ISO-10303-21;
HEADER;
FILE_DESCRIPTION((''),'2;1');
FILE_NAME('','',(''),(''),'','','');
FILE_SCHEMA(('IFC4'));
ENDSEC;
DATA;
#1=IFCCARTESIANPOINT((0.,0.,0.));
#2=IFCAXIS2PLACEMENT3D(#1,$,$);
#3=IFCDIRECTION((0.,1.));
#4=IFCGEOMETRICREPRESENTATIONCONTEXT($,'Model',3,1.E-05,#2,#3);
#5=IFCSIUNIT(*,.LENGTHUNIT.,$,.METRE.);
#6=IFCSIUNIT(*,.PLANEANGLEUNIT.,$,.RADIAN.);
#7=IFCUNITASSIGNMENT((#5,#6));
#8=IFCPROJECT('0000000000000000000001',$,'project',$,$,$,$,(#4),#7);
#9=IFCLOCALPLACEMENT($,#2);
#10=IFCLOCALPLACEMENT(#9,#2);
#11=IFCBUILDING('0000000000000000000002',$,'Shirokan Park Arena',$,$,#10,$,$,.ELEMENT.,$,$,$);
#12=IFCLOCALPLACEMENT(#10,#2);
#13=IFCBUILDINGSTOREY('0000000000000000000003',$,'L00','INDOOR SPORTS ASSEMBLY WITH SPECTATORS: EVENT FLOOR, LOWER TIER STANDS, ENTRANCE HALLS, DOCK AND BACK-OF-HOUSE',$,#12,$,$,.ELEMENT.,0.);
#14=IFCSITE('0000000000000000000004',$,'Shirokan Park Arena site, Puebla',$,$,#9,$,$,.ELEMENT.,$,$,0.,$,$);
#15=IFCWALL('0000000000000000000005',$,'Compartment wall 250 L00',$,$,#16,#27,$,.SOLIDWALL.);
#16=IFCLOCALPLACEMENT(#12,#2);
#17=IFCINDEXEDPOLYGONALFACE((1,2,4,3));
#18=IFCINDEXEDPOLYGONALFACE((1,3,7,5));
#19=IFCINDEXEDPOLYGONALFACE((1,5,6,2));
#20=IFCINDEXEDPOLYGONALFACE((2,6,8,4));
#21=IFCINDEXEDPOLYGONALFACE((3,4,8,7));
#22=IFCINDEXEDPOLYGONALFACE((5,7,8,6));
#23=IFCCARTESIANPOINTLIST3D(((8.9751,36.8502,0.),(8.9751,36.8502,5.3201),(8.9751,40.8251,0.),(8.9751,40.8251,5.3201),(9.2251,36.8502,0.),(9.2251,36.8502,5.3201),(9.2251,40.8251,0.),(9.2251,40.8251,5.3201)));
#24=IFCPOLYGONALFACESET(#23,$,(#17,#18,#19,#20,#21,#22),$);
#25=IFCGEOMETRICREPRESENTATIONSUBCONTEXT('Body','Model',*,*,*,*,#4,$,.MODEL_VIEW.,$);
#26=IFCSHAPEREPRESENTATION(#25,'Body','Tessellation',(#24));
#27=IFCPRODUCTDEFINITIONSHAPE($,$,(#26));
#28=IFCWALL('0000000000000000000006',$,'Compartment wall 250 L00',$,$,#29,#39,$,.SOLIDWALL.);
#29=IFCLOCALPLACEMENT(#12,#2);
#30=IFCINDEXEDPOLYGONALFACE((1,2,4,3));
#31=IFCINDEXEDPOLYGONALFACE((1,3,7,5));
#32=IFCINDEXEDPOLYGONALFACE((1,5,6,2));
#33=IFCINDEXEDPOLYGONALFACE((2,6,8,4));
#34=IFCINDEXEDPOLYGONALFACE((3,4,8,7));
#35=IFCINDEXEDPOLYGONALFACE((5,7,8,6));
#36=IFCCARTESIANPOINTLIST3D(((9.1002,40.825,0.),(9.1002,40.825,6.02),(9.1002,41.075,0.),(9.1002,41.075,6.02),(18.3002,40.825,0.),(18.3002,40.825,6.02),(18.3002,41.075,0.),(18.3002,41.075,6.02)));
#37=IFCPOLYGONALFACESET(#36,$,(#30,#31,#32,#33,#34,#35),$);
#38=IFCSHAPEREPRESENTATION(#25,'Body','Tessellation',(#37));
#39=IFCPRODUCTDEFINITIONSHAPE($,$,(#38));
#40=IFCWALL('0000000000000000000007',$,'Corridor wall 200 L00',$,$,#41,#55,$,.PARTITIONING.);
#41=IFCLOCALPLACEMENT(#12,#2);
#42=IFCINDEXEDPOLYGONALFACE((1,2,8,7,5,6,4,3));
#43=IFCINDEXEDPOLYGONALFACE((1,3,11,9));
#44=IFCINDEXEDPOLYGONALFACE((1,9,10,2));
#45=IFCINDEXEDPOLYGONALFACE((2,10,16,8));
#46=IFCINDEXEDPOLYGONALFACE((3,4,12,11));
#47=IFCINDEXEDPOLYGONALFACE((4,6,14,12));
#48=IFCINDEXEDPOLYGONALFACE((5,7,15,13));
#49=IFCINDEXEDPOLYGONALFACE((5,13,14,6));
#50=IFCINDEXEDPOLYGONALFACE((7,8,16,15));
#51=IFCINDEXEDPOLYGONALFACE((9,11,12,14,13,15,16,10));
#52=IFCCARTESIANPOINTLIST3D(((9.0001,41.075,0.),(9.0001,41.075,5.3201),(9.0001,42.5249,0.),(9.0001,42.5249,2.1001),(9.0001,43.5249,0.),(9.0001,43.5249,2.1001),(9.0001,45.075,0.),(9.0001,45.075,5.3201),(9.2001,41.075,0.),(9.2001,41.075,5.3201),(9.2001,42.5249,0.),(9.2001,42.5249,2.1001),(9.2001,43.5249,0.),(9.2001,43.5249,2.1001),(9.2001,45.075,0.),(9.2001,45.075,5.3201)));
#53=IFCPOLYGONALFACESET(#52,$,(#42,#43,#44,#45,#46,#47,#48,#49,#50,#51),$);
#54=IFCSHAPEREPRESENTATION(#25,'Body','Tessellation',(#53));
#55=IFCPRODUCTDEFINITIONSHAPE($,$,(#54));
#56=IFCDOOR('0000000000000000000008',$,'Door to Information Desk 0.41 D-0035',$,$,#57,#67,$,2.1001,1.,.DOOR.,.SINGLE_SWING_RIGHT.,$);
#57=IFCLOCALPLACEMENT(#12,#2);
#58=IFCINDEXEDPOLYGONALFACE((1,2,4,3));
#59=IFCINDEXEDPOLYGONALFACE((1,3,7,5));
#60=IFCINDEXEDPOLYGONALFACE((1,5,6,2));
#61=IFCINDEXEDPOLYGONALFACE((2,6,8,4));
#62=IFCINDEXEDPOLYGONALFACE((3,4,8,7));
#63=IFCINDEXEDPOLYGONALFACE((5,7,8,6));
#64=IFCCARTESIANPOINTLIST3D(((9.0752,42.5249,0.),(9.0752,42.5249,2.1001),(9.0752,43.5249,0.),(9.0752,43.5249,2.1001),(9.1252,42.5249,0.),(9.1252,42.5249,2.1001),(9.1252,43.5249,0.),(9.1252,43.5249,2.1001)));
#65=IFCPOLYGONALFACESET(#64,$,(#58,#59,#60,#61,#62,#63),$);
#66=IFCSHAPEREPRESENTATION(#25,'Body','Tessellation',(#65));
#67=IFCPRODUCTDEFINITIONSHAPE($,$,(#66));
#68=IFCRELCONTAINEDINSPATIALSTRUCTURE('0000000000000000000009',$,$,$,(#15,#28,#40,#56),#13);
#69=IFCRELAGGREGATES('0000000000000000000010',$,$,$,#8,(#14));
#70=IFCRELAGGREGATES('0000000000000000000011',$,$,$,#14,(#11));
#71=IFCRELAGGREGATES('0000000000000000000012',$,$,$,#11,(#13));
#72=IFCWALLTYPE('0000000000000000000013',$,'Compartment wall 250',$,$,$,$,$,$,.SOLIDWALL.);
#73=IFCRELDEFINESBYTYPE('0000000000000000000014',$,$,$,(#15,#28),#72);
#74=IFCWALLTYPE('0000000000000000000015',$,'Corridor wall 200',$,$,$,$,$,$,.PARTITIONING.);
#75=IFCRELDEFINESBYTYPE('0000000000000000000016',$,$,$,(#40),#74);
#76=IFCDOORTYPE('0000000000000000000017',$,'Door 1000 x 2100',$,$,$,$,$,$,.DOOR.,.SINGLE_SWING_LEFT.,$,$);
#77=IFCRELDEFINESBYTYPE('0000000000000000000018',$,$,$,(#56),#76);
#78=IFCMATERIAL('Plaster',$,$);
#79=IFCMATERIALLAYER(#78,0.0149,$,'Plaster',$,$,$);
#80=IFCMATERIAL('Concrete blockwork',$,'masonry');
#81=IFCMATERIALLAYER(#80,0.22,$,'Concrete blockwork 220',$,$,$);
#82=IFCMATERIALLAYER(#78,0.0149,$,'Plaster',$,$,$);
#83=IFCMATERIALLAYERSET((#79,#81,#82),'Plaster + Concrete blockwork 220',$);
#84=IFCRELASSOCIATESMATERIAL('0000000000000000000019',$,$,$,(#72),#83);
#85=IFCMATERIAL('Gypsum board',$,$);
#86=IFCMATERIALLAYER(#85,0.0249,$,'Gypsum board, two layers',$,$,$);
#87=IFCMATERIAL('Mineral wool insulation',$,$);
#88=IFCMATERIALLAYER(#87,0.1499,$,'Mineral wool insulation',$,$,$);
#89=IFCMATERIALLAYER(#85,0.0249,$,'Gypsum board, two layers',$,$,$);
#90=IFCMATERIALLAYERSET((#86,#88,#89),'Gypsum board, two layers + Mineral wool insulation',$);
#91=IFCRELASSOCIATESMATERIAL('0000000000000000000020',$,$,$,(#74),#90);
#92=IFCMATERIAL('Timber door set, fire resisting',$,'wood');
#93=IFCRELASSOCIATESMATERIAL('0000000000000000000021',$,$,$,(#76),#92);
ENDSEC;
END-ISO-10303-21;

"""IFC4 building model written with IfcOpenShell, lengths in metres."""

from ifc_helpers import new_model, si_unit, direction, frame, frame_2d, origin, place, context, subcontext, project, spatial, rectangle, extrude, material, layer, layer_set, type_object, element, fill, save


model = new_model("IFC4")

# Units and contexts
model_context = context("Model", 3, precision=1e-05, world=origin(), true_north=direction((0.0, 1.0)))
body_context = subcontext(model_context, "Body", "Model", "MODEL_VIEW")
ifc_project = project(units=[si_unit("LENGTHUNIT", "METRE"), si_unit("PLANEANGLEUNIT", "RADIAN")], contexts=[model_context])

# Site, building, storey
site_placement = place(None, origin())
site = spatial("IfcSite", under=ifc_project, at=site_placement, Name="Shirokan Park Arena site, Puebla", CompositionType="ELEMENT", RefElevation=0.0)
building_placement = place(site_placement, origin())
building = spatial("IfcBuilding", under=site, at=building_placement, Name="Shirokan Park Arena", CompositionType="ELEMENT")
storey_placement = place(building_placement, origin())
storey = spatial("IfcBuildingStorey", under=building, at=storey_placement, Name="L00", Description="INDOOR SPORTS ASSEMBLY WITH SPECTATORS: EVENT FLOOR, LOWER TIER STANDS, ENTRANCE HALLS, DOCK AND BACK-OF-HOUSE", CompositionType="ELEMENT", Elevation=0.0)

# Walls
ifc_material_1 = material(Name="Plaster")
ifc_layer_1 = layer(ifc_material_1, 0.0149, Name="Plaster")
ifc_material_2 = material(Name="Concrete blockwork", Category="masonry")
ifc_layer_2 = layer(ifc_material_2, 0.22, Name="Concrete blockwork 220")
ifc_layer_3 = layer(ifc_material_1, 0.0149, Name="Plaster")
ifc_layer_set_1 = layer_set([ifc_layer_1, ifc_layer_2, ifc_layer_3], Name="Plaster + Concrete blockwork 220")
wall_type_1 = type_object("IfcWallType", Name="Compartment wall 250", PredefinedType="SOLIDWALL", material=ifc_layer_set_1)
wall_1_placement = place(storey_placement, frame((9.1001, 40.825, 0.0), z_axis=(0.0, 0.0, 1.0), x_axis=(0.0, -1.0, 0.0)))
element("IfcWall", 1, at=wall_1_placement, inside=storey, type_object=wall_type_1, Name="Compartment wall 250 L00", PredefinedType="SOLIDWALL", context=body_context, shape_type="SweptSolid", body=[
    extrude(rectangle(XDim=3.9749, YDim=0.25, at=frame_2d((1.9873, 0.0))), origin(), (0.0, 0.0, 1.0), 5.3201),
])
wall_2_placement = place(storey_placement, frame((9.1001, 40.95, 0.0), z_axis=(0.0, 0.0, 1.0), x_axis=(1.0, 0.0, 0.0)))
element("IfcWall", 2, at=wall_2_placement, inside=storey, type_object=wall_type_1, Name="Compartment wall 250 L00", PredefinedType="SOLIDWALL", context=body_context, shape_type="SweptSolid", body=[
    extrude(rectangle(XDim=9.2, YDim=0.25, at=frame_2d((4.6001, 0.0))), origin(), (0.0, 0.0, 1.0), 6.02),
])

# Wall, opening, door
ifc_material_3 = material(Name="Gypsum board")
ifc_layer_4 = layer(ifc_material_3, 0.0249, Name="Gypsum board, two layers")
ifc_material_4 = material(Name="Mineral wool insulation")
ifc_layer_5 = layer(ifc_material_4, 0.1499, Name="Mineral wool insulation")
ifc_layer_6 = layer(ifc_material_3, 0.0249, Name="Gypsum board, two layers")
ifc_layer_set_2 = layer_set([ifc_layer_4, ifc_layer_5, ifc_layer_6], Name="Gypsum board, two layers + Mineral wool insulation")
wall_type_2 = type_object("IfcWallType", Name="Corridor wall 200", PredefinedType="PARTITIONING", material=ifc_layer_set_2)
wall_3_placement = place(storey_placement, frame((9.1001, 41.075, 0.0), z_axis=(0.0, 0.0, 1.0), x_axis=(0.0, 1.0, 0.0)))
wall_3 = element("IfcWall", 3, at=wall_3_placement, inside=storey, type_object=wall_type_2, Name="Corridor wall 200 L00", PredefinedType="PARTITIONING", context=body_context, shape_type="SweptSolid", body=[
    extrude(rectangle(XDim=4.0, YDim=0.2, at=frame_2d((2.0, 0.0))), origin(), (0.0, 0.0, 1.0), 5.3201),
])
opening_1_placement = place(wall_3_placement, frame((1.45, 0.0, 0.0)))
opening_1 = element("IfcOpeningElement", 4, at=opening_1_placement, cuts=wall_3, PredefinedType="OPENING", context=body_context, shape_type="SweptSolid", body=[
    extrude(rectangle(XDim=1.0, YDim=2.1001, at=frame_2d((0.5, 1.05))), frame((0.0, 0.1099, 0.0), z_axis=(0.0, -1.0, 0.0), x_axis=(1.0, 0.0, 0.0)), (0.0, 0.0, 1.0), 0.22),
])
ifc_material_5 = material(Name="Timber door set, fire resisting", Category="wood")
door_type_1 = type_object("IfcDoorType", Name="Door 1000 x 2100", OperationType="SINGLE_SWING_LEFT", PredefinedType="DOOR", material=ifc_material_5)
door_1_placement = place(opening_1_placement, origin())
door_1 = element("IfcDoor", 5, at=door_1_placement, inside=storey, type_object=door_type_1, Name="Door to Information Desk 0.41 D-0035", OperationType="SINGLE_SWING_RIGHT", OverallHeight=2.1001, OverallWidth=1.0, PredefinedType="DOOR", context=body_context, shape_type="SweptSolid", body=[
    extrude(rectangle(XDim=1.0, YDim=2.1001, at=frame_2d((0.5, 1.05))), frame((0.0, 0.0249, 0.0), z_axis=(0.0, -1.0, 0.0), x_axis=(1.0, 0.0, 0.0)), (0.0, 0.0, 1.0), 0.05),
])
fill(opening_1, door_1)

save(model, "model.ifc")
